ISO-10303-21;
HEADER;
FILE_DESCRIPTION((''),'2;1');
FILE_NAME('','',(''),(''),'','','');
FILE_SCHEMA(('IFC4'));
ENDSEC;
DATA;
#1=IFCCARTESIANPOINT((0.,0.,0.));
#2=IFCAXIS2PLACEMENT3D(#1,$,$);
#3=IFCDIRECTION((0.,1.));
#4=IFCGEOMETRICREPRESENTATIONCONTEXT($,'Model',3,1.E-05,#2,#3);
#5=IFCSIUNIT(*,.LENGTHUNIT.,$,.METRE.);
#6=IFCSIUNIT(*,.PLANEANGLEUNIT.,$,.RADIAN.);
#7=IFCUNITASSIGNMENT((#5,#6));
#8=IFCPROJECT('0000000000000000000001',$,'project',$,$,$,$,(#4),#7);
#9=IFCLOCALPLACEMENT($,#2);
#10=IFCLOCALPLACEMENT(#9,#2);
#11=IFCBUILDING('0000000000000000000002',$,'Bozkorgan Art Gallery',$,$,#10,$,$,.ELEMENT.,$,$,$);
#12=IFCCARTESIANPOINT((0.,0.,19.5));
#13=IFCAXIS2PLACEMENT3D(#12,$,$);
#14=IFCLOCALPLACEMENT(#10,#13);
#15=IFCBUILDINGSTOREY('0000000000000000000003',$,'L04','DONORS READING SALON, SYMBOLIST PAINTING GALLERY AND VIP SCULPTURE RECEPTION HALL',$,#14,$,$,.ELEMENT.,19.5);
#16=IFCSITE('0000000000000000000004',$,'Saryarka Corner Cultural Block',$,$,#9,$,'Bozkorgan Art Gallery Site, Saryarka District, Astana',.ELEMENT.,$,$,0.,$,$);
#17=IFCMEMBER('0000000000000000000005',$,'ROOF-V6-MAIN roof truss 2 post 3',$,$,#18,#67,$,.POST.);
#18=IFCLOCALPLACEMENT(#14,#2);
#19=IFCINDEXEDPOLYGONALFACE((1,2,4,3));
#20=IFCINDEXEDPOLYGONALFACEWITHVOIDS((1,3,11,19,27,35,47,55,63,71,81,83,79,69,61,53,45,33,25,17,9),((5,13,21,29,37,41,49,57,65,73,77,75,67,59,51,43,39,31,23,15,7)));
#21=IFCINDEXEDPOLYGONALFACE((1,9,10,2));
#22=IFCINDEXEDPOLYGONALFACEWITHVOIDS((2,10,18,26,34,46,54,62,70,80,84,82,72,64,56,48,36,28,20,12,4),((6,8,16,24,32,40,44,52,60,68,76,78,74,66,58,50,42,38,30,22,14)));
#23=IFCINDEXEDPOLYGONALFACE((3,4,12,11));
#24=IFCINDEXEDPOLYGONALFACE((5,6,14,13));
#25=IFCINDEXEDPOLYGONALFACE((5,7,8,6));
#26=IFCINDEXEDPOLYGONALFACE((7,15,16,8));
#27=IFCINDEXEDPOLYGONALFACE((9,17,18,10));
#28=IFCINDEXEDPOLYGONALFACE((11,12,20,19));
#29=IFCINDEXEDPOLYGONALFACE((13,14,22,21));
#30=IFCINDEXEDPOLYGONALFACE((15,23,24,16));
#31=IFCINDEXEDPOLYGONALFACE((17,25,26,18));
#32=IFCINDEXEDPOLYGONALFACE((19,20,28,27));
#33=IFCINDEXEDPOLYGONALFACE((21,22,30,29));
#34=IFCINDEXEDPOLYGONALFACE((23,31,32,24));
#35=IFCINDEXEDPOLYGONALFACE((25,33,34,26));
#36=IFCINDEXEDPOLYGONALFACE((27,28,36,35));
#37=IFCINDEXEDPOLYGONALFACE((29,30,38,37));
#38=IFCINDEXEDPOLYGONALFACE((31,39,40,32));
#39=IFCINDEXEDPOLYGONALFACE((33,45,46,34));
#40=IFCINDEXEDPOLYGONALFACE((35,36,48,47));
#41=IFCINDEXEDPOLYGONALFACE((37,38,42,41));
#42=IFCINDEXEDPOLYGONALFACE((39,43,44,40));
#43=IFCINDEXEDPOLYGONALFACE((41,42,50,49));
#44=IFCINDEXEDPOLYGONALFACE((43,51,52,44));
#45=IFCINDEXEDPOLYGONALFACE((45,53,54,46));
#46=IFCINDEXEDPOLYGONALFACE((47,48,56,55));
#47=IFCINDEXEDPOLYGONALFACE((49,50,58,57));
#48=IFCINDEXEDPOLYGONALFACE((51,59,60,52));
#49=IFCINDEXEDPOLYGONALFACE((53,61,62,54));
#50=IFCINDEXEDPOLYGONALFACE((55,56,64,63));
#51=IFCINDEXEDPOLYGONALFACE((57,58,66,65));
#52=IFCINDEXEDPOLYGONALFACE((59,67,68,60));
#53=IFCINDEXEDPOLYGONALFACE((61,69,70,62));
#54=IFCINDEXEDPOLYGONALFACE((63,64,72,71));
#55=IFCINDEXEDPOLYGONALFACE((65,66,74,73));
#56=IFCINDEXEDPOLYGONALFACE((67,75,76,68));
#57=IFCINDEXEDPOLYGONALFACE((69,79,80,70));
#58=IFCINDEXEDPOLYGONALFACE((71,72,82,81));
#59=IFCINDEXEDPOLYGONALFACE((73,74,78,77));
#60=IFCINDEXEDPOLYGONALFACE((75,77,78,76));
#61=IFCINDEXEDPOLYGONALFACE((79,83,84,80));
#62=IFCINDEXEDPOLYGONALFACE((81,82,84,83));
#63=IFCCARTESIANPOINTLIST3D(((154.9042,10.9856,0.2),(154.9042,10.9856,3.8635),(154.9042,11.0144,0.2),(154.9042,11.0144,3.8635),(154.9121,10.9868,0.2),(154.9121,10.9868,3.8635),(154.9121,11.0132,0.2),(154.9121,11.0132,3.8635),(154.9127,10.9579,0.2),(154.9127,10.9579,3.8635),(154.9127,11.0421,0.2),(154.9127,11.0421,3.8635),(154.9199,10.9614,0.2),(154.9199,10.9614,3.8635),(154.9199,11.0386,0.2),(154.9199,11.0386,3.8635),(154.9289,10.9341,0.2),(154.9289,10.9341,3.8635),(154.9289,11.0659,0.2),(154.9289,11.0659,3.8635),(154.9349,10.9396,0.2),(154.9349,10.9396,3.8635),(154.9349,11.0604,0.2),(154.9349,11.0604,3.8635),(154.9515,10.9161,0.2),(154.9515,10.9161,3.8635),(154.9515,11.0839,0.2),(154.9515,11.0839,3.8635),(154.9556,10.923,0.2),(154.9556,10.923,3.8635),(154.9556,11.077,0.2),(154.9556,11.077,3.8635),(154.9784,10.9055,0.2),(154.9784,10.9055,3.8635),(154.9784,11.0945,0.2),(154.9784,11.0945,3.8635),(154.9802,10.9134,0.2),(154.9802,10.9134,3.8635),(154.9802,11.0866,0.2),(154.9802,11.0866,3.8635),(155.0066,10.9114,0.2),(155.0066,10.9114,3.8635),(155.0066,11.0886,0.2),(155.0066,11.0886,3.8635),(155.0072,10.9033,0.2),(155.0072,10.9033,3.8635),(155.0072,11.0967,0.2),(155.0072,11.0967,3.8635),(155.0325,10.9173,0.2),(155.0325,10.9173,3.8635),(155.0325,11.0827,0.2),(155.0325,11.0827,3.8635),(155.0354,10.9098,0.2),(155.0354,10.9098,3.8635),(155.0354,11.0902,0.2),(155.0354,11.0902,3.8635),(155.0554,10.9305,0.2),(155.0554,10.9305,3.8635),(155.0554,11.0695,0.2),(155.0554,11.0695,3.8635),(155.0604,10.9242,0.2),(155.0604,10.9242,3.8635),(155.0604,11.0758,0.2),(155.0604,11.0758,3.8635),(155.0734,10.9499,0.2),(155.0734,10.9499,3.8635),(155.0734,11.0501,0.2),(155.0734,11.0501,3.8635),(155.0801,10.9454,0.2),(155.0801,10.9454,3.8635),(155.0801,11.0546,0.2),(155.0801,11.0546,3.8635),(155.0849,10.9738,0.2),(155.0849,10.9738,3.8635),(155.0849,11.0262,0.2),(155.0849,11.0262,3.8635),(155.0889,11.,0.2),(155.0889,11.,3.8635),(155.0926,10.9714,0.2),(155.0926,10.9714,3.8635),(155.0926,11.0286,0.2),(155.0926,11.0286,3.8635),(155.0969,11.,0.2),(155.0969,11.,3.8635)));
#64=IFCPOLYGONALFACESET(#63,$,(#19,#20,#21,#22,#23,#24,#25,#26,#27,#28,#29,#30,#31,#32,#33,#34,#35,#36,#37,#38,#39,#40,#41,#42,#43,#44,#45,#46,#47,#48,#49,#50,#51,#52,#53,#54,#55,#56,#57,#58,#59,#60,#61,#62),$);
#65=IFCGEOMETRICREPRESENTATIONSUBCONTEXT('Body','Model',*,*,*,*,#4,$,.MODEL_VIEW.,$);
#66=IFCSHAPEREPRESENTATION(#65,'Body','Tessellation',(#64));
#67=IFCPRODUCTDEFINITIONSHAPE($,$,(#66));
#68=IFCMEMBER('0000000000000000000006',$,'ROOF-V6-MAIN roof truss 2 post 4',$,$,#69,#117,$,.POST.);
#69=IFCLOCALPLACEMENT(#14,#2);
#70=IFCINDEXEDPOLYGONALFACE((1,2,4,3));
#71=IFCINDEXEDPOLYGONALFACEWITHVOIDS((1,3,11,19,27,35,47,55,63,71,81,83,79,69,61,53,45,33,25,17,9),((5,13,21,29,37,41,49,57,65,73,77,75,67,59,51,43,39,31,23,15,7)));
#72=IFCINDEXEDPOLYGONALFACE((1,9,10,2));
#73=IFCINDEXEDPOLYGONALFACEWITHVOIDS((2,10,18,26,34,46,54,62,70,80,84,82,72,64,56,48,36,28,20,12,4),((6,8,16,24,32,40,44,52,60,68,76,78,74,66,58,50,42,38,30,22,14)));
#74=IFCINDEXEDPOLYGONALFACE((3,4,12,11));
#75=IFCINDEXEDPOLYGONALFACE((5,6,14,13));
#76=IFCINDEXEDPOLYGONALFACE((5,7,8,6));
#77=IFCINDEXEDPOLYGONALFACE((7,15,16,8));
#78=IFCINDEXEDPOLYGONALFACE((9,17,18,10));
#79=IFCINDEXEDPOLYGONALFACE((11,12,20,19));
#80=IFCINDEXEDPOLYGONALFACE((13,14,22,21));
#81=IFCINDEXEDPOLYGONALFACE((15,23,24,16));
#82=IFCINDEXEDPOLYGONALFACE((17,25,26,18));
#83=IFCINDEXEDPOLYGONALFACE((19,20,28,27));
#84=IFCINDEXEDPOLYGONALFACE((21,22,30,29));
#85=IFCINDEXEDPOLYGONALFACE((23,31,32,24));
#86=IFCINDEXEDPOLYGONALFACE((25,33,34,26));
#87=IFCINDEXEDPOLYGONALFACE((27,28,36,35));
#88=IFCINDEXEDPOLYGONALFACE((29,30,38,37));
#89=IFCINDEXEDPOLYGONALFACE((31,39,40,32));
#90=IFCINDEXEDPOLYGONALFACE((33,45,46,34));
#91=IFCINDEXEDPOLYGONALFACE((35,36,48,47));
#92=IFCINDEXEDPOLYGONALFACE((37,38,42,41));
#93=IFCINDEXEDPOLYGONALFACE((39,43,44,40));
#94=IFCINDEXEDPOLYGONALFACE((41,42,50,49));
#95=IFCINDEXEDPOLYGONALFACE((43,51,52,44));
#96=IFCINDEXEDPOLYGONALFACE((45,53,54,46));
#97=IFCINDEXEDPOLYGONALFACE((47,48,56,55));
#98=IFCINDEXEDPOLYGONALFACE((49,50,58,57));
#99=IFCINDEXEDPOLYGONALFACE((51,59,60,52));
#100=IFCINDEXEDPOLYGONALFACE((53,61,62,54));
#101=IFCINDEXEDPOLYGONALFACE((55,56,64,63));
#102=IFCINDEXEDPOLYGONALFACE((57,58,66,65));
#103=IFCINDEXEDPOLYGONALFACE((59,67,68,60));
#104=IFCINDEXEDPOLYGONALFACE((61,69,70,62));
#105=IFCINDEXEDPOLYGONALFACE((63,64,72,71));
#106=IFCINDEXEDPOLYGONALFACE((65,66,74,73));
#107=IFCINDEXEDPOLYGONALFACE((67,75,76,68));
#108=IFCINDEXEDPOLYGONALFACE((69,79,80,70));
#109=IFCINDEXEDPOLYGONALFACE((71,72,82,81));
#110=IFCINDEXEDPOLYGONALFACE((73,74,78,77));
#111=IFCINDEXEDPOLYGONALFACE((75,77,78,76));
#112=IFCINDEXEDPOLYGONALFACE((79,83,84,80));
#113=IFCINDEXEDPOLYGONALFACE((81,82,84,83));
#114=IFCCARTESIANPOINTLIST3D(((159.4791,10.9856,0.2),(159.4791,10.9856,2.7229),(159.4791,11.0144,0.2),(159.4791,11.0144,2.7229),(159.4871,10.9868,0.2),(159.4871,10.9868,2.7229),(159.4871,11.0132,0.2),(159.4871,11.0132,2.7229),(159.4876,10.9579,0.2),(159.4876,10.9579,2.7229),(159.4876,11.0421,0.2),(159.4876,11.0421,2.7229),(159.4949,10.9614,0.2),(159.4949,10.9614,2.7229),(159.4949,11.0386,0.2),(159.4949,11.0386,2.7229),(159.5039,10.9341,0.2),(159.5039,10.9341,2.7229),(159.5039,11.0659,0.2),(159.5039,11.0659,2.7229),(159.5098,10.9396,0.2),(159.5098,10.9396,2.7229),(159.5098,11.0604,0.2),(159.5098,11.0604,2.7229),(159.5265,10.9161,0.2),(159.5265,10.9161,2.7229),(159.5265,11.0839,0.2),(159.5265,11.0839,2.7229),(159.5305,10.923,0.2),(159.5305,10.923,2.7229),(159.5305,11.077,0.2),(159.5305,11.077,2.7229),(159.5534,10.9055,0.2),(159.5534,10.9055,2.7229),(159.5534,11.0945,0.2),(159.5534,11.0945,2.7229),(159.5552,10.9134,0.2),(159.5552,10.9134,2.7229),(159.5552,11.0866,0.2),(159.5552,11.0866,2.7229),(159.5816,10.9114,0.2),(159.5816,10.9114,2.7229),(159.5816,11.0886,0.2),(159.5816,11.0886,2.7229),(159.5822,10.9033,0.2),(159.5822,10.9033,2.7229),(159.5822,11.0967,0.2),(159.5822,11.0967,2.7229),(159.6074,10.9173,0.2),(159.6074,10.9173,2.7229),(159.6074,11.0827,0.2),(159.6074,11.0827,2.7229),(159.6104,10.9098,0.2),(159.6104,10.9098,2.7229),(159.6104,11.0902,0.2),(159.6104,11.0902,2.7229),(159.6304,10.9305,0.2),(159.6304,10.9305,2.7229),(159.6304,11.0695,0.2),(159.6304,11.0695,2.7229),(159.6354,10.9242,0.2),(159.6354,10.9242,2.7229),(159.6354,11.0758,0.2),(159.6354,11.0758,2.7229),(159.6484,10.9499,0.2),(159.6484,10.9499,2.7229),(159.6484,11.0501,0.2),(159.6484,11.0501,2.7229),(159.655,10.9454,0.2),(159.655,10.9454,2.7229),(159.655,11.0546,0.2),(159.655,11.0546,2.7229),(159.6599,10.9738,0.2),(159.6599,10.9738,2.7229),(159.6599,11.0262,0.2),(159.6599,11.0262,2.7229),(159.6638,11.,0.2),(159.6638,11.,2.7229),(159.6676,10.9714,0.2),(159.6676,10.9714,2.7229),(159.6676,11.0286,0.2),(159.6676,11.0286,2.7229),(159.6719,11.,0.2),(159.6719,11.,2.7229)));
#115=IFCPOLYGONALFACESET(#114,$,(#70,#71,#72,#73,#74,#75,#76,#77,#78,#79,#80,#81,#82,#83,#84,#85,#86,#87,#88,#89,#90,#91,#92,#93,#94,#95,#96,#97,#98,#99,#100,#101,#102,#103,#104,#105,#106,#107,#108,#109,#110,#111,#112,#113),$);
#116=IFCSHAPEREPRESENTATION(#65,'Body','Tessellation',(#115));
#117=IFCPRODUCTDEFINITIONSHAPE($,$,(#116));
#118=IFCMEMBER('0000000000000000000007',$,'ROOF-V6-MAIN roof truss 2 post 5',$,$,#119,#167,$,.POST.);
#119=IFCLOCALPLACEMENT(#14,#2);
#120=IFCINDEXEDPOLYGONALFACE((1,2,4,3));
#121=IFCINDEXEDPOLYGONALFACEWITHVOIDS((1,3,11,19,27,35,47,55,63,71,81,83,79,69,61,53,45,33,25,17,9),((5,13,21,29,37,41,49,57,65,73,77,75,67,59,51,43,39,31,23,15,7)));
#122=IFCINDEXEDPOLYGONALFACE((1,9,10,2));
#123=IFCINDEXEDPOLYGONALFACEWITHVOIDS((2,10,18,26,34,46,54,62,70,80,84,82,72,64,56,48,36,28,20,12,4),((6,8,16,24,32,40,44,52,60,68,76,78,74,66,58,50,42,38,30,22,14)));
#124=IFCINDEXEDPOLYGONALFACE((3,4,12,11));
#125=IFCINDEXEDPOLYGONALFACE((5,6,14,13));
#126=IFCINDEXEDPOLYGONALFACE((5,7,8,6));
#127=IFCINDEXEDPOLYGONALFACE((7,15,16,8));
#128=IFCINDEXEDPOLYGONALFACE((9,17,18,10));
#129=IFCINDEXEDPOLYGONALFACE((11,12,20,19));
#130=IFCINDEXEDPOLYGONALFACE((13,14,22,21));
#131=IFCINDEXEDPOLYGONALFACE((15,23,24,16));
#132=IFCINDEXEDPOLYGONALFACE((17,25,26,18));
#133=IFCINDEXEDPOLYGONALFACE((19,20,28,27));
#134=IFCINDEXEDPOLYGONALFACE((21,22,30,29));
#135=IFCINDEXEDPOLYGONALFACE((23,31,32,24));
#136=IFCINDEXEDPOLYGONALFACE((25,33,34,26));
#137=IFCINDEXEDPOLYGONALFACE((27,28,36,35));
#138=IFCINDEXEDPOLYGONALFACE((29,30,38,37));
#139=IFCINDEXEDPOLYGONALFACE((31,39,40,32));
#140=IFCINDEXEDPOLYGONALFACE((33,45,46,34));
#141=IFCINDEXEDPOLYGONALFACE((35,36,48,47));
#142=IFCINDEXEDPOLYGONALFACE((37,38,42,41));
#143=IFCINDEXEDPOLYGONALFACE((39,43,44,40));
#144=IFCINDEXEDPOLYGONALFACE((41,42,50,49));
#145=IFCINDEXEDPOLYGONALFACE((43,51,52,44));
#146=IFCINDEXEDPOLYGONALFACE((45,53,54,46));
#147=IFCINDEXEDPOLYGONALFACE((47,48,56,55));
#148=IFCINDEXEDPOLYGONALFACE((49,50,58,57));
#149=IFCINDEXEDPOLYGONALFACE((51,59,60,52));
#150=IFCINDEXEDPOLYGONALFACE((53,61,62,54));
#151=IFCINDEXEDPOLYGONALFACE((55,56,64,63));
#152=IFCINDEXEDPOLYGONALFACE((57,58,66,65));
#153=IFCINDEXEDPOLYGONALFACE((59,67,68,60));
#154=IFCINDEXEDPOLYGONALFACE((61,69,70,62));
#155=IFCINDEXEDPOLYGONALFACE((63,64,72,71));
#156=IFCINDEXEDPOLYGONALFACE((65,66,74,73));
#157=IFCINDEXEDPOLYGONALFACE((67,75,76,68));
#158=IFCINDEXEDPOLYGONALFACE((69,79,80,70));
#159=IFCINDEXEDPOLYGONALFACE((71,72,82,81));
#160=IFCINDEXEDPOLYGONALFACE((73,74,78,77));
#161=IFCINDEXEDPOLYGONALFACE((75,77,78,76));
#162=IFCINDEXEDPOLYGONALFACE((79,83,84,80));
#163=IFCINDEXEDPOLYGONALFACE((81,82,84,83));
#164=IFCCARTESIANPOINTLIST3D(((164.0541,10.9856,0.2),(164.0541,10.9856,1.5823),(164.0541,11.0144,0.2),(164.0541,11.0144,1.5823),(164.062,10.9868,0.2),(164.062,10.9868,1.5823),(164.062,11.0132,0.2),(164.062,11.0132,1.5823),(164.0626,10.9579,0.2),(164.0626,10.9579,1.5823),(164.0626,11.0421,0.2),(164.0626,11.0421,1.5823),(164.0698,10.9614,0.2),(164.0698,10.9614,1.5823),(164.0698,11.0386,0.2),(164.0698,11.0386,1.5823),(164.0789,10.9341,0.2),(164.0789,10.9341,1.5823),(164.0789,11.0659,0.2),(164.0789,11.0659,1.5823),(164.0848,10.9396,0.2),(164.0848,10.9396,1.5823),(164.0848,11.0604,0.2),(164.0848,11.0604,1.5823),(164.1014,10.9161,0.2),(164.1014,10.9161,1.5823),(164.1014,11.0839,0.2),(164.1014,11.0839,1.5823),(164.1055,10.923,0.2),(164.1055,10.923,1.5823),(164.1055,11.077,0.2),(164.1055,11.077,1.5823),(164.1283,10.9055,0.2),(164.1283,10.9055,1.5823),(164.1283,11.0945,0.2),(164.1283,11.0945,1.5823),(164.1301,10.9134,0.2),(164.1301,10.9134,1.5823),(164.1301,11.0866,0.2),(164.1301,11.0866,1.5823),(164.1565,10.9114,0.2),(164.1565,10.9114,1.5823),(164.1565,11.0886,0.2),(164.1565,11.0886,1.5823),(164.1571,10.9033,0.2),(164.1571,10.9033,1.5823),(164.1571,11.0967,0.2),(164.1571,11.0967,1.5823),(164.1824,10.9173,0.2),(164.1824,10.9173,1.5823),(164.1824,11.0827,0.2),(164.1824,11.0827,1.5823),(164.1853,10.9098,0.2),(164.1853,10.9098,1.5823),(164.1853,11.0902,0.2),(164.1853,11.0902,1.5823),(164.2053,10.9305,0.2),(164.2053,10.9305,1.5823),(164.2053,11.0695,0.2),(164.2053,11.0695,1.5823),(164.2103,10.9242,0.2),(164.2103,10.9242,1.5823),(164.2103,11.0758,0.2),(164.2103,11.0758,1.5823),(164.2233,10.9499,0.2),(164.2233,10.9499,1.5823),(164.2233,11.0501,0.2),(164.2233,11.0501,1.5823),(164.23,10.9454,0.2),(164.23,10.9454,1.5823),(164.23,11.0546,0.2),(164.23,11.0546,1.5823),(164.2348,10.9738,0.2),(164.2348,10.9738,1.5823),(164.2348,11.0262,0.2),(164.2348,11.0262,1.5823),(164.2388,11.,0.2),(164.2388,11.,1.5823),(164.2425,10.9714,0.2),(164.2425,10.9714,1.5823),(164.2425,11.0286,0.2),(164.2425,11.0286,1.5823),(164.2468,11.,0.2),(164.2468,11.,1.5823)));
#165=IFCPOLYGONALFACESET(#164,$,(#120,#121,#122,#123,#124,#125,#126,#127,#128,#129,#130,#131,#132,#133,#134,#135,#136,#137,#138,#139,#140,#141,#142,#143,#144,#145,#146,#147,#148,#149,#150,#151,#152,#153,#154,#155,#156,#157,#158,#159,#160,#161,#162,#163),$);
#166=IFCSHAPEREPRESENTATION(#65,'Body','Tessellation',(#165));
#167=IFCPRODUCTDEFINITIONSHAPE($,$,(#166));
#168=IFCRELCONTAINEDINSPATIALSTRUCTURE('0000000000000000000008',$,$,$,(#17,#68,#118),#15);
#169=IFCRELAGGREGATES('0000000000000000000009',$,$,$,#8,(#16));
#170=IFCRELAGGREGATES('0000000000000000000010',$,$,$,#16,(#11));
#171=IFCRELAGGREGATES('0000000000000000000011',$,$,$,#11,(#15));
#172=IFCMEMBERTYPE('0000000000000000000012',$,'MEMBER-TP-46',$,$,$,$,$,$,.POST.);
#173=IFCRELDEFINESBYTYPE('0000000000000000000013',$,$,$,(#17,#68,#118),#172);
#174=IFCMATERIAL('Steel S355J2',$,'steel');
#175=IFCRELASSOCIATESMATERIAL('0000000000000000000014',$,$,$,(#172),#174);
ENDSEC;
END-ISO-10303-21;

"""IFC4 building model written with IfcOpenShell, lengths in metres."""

from ifc_helpers import new_model, si_unit, direction, frame, origin, origin_2d, place, context, subcontext, project, spatial, hollow_circle, extrude, material, material_profile, profile_set, type_object, element, save


model = new_model("IFC4")

# Units and contexts
model_context = context("Model", 3, precision=1e-05, world=origin(), true_north=direction((0.0, 1.0)))
body_context = subcontext(model_context, "Body", "Model", "MODEL_VIEW")
ifc_project = project(units=[si_unit("LENGTHUNIT", "METRE"), si_unit("PLANEANGLEUNIT", "RADIAN")], contexts=[model_context])

# Site, building, storey
site_placement = place(None, origin())
site = spatial("IfcSite", under=ifc_project, at=site_placement, Name="Saryarka Corner Cultural Block", LongName="Bozkorgan Art Gallery Site, Saryarka District, Astana", CompositionType="ELEMENT", RefElevation=0.0)
building_placement = place(site_placement, origin())
building = spatial("IfcBuilding", under=site, at=building_placement, Name="Bozkorgan Art Gallery", CompositionType="ELEMENT")
storey_placement = place(building_placement, frame((0.0, 0.0, 19.5)))
storey = spatial("IfcBuildingStorey", under=building, at=storey_placement, Name="L04", Description="DONORS READING SALON, SYMBOLIST PAINTING GALLERY AND VIP SCULPTURE RECEPTION HALL", CompositionType="ELEMENT", Elevation=19.5)

# Members
ifc_material_1 = material(Name="Steel S355J2", Category="steel")
ifc_material_profile_1 = material_profile(ifc_material_1, hollow_circle(Radius=0.0969, WallThickness=0.0081, at=origin_2d()), Name="CHS 193.7x8")
ifc_profile_set_1 = profile_set([ifc_material_profile_1], Name="Steel S355J2")
member_type_1 = type_object("IfcMemberType", Name="MEMBER-TP-46", PredefinedType="POST", material=ifc_profile_set_1)
member_1_placement = place(storey_placement, frame((155.0, 11.0, 0.2), z_axis=(0.0, 0.0, 1.0), x_axis=(1.0, 0.0, 0.0)))
element("IfcMember", 1, at=member_1_placement, inside=storey, type_object=member_type_1, Name="ROOF-V6-MAIN roof truss 2 post 3", PredefinedType="POST", context=body_context, shape_type="SweptSolid", body=[
    extrude(hollow_circle(Radius=0.0969, WallThickness=0.0081, at=origin_2d()), origin(), (0.0, 0.0, 1.0), 3.6636),
])
member_2_placement = place(storey_placement, frame((159.575, 11.0, 0.2), z_axis=(0.0, 0.0, 1.0), x_axis=(1.0, 0.0, 0.0)))
element("IfcMember", 2, at=member_2_placement, inside=storey, type_object=member_type_1, Name="ROOF-V6-MAIN roof truss 2 post 4", PredefinedType="POST", context=body_context, shape_type="SweptSolid", body=[
    extrude(hollow_circle(Radius=0.0969, WallThickness=0.0081, at=origin_2d()), origin(), (0.0, 0.0, 1.0), 2.5229),
])
member_3_placement = place(storey_placement, frame((164.1499, 11.0, 0.2), z_axis=(0.0, 0.0, 1.0), x_axis=(1.0, 0.0, 0.0)))
element("IfcMember", 3, at=member_3_placement, inside=storey, type_object=member_type_1, Name="ROOF-V6-MAIN roof truss 2 post 5", PredefinedType="POST", context=body_context, shape_type="SweptSolid", body=[
    extrude(hollow_circle(Radius=0.0969, WallThickness=0.0081, at=origin_2d()), origin(), (0.0, 0.0, 1.0), 1.3823),
])

save(model, "model.ifc")
